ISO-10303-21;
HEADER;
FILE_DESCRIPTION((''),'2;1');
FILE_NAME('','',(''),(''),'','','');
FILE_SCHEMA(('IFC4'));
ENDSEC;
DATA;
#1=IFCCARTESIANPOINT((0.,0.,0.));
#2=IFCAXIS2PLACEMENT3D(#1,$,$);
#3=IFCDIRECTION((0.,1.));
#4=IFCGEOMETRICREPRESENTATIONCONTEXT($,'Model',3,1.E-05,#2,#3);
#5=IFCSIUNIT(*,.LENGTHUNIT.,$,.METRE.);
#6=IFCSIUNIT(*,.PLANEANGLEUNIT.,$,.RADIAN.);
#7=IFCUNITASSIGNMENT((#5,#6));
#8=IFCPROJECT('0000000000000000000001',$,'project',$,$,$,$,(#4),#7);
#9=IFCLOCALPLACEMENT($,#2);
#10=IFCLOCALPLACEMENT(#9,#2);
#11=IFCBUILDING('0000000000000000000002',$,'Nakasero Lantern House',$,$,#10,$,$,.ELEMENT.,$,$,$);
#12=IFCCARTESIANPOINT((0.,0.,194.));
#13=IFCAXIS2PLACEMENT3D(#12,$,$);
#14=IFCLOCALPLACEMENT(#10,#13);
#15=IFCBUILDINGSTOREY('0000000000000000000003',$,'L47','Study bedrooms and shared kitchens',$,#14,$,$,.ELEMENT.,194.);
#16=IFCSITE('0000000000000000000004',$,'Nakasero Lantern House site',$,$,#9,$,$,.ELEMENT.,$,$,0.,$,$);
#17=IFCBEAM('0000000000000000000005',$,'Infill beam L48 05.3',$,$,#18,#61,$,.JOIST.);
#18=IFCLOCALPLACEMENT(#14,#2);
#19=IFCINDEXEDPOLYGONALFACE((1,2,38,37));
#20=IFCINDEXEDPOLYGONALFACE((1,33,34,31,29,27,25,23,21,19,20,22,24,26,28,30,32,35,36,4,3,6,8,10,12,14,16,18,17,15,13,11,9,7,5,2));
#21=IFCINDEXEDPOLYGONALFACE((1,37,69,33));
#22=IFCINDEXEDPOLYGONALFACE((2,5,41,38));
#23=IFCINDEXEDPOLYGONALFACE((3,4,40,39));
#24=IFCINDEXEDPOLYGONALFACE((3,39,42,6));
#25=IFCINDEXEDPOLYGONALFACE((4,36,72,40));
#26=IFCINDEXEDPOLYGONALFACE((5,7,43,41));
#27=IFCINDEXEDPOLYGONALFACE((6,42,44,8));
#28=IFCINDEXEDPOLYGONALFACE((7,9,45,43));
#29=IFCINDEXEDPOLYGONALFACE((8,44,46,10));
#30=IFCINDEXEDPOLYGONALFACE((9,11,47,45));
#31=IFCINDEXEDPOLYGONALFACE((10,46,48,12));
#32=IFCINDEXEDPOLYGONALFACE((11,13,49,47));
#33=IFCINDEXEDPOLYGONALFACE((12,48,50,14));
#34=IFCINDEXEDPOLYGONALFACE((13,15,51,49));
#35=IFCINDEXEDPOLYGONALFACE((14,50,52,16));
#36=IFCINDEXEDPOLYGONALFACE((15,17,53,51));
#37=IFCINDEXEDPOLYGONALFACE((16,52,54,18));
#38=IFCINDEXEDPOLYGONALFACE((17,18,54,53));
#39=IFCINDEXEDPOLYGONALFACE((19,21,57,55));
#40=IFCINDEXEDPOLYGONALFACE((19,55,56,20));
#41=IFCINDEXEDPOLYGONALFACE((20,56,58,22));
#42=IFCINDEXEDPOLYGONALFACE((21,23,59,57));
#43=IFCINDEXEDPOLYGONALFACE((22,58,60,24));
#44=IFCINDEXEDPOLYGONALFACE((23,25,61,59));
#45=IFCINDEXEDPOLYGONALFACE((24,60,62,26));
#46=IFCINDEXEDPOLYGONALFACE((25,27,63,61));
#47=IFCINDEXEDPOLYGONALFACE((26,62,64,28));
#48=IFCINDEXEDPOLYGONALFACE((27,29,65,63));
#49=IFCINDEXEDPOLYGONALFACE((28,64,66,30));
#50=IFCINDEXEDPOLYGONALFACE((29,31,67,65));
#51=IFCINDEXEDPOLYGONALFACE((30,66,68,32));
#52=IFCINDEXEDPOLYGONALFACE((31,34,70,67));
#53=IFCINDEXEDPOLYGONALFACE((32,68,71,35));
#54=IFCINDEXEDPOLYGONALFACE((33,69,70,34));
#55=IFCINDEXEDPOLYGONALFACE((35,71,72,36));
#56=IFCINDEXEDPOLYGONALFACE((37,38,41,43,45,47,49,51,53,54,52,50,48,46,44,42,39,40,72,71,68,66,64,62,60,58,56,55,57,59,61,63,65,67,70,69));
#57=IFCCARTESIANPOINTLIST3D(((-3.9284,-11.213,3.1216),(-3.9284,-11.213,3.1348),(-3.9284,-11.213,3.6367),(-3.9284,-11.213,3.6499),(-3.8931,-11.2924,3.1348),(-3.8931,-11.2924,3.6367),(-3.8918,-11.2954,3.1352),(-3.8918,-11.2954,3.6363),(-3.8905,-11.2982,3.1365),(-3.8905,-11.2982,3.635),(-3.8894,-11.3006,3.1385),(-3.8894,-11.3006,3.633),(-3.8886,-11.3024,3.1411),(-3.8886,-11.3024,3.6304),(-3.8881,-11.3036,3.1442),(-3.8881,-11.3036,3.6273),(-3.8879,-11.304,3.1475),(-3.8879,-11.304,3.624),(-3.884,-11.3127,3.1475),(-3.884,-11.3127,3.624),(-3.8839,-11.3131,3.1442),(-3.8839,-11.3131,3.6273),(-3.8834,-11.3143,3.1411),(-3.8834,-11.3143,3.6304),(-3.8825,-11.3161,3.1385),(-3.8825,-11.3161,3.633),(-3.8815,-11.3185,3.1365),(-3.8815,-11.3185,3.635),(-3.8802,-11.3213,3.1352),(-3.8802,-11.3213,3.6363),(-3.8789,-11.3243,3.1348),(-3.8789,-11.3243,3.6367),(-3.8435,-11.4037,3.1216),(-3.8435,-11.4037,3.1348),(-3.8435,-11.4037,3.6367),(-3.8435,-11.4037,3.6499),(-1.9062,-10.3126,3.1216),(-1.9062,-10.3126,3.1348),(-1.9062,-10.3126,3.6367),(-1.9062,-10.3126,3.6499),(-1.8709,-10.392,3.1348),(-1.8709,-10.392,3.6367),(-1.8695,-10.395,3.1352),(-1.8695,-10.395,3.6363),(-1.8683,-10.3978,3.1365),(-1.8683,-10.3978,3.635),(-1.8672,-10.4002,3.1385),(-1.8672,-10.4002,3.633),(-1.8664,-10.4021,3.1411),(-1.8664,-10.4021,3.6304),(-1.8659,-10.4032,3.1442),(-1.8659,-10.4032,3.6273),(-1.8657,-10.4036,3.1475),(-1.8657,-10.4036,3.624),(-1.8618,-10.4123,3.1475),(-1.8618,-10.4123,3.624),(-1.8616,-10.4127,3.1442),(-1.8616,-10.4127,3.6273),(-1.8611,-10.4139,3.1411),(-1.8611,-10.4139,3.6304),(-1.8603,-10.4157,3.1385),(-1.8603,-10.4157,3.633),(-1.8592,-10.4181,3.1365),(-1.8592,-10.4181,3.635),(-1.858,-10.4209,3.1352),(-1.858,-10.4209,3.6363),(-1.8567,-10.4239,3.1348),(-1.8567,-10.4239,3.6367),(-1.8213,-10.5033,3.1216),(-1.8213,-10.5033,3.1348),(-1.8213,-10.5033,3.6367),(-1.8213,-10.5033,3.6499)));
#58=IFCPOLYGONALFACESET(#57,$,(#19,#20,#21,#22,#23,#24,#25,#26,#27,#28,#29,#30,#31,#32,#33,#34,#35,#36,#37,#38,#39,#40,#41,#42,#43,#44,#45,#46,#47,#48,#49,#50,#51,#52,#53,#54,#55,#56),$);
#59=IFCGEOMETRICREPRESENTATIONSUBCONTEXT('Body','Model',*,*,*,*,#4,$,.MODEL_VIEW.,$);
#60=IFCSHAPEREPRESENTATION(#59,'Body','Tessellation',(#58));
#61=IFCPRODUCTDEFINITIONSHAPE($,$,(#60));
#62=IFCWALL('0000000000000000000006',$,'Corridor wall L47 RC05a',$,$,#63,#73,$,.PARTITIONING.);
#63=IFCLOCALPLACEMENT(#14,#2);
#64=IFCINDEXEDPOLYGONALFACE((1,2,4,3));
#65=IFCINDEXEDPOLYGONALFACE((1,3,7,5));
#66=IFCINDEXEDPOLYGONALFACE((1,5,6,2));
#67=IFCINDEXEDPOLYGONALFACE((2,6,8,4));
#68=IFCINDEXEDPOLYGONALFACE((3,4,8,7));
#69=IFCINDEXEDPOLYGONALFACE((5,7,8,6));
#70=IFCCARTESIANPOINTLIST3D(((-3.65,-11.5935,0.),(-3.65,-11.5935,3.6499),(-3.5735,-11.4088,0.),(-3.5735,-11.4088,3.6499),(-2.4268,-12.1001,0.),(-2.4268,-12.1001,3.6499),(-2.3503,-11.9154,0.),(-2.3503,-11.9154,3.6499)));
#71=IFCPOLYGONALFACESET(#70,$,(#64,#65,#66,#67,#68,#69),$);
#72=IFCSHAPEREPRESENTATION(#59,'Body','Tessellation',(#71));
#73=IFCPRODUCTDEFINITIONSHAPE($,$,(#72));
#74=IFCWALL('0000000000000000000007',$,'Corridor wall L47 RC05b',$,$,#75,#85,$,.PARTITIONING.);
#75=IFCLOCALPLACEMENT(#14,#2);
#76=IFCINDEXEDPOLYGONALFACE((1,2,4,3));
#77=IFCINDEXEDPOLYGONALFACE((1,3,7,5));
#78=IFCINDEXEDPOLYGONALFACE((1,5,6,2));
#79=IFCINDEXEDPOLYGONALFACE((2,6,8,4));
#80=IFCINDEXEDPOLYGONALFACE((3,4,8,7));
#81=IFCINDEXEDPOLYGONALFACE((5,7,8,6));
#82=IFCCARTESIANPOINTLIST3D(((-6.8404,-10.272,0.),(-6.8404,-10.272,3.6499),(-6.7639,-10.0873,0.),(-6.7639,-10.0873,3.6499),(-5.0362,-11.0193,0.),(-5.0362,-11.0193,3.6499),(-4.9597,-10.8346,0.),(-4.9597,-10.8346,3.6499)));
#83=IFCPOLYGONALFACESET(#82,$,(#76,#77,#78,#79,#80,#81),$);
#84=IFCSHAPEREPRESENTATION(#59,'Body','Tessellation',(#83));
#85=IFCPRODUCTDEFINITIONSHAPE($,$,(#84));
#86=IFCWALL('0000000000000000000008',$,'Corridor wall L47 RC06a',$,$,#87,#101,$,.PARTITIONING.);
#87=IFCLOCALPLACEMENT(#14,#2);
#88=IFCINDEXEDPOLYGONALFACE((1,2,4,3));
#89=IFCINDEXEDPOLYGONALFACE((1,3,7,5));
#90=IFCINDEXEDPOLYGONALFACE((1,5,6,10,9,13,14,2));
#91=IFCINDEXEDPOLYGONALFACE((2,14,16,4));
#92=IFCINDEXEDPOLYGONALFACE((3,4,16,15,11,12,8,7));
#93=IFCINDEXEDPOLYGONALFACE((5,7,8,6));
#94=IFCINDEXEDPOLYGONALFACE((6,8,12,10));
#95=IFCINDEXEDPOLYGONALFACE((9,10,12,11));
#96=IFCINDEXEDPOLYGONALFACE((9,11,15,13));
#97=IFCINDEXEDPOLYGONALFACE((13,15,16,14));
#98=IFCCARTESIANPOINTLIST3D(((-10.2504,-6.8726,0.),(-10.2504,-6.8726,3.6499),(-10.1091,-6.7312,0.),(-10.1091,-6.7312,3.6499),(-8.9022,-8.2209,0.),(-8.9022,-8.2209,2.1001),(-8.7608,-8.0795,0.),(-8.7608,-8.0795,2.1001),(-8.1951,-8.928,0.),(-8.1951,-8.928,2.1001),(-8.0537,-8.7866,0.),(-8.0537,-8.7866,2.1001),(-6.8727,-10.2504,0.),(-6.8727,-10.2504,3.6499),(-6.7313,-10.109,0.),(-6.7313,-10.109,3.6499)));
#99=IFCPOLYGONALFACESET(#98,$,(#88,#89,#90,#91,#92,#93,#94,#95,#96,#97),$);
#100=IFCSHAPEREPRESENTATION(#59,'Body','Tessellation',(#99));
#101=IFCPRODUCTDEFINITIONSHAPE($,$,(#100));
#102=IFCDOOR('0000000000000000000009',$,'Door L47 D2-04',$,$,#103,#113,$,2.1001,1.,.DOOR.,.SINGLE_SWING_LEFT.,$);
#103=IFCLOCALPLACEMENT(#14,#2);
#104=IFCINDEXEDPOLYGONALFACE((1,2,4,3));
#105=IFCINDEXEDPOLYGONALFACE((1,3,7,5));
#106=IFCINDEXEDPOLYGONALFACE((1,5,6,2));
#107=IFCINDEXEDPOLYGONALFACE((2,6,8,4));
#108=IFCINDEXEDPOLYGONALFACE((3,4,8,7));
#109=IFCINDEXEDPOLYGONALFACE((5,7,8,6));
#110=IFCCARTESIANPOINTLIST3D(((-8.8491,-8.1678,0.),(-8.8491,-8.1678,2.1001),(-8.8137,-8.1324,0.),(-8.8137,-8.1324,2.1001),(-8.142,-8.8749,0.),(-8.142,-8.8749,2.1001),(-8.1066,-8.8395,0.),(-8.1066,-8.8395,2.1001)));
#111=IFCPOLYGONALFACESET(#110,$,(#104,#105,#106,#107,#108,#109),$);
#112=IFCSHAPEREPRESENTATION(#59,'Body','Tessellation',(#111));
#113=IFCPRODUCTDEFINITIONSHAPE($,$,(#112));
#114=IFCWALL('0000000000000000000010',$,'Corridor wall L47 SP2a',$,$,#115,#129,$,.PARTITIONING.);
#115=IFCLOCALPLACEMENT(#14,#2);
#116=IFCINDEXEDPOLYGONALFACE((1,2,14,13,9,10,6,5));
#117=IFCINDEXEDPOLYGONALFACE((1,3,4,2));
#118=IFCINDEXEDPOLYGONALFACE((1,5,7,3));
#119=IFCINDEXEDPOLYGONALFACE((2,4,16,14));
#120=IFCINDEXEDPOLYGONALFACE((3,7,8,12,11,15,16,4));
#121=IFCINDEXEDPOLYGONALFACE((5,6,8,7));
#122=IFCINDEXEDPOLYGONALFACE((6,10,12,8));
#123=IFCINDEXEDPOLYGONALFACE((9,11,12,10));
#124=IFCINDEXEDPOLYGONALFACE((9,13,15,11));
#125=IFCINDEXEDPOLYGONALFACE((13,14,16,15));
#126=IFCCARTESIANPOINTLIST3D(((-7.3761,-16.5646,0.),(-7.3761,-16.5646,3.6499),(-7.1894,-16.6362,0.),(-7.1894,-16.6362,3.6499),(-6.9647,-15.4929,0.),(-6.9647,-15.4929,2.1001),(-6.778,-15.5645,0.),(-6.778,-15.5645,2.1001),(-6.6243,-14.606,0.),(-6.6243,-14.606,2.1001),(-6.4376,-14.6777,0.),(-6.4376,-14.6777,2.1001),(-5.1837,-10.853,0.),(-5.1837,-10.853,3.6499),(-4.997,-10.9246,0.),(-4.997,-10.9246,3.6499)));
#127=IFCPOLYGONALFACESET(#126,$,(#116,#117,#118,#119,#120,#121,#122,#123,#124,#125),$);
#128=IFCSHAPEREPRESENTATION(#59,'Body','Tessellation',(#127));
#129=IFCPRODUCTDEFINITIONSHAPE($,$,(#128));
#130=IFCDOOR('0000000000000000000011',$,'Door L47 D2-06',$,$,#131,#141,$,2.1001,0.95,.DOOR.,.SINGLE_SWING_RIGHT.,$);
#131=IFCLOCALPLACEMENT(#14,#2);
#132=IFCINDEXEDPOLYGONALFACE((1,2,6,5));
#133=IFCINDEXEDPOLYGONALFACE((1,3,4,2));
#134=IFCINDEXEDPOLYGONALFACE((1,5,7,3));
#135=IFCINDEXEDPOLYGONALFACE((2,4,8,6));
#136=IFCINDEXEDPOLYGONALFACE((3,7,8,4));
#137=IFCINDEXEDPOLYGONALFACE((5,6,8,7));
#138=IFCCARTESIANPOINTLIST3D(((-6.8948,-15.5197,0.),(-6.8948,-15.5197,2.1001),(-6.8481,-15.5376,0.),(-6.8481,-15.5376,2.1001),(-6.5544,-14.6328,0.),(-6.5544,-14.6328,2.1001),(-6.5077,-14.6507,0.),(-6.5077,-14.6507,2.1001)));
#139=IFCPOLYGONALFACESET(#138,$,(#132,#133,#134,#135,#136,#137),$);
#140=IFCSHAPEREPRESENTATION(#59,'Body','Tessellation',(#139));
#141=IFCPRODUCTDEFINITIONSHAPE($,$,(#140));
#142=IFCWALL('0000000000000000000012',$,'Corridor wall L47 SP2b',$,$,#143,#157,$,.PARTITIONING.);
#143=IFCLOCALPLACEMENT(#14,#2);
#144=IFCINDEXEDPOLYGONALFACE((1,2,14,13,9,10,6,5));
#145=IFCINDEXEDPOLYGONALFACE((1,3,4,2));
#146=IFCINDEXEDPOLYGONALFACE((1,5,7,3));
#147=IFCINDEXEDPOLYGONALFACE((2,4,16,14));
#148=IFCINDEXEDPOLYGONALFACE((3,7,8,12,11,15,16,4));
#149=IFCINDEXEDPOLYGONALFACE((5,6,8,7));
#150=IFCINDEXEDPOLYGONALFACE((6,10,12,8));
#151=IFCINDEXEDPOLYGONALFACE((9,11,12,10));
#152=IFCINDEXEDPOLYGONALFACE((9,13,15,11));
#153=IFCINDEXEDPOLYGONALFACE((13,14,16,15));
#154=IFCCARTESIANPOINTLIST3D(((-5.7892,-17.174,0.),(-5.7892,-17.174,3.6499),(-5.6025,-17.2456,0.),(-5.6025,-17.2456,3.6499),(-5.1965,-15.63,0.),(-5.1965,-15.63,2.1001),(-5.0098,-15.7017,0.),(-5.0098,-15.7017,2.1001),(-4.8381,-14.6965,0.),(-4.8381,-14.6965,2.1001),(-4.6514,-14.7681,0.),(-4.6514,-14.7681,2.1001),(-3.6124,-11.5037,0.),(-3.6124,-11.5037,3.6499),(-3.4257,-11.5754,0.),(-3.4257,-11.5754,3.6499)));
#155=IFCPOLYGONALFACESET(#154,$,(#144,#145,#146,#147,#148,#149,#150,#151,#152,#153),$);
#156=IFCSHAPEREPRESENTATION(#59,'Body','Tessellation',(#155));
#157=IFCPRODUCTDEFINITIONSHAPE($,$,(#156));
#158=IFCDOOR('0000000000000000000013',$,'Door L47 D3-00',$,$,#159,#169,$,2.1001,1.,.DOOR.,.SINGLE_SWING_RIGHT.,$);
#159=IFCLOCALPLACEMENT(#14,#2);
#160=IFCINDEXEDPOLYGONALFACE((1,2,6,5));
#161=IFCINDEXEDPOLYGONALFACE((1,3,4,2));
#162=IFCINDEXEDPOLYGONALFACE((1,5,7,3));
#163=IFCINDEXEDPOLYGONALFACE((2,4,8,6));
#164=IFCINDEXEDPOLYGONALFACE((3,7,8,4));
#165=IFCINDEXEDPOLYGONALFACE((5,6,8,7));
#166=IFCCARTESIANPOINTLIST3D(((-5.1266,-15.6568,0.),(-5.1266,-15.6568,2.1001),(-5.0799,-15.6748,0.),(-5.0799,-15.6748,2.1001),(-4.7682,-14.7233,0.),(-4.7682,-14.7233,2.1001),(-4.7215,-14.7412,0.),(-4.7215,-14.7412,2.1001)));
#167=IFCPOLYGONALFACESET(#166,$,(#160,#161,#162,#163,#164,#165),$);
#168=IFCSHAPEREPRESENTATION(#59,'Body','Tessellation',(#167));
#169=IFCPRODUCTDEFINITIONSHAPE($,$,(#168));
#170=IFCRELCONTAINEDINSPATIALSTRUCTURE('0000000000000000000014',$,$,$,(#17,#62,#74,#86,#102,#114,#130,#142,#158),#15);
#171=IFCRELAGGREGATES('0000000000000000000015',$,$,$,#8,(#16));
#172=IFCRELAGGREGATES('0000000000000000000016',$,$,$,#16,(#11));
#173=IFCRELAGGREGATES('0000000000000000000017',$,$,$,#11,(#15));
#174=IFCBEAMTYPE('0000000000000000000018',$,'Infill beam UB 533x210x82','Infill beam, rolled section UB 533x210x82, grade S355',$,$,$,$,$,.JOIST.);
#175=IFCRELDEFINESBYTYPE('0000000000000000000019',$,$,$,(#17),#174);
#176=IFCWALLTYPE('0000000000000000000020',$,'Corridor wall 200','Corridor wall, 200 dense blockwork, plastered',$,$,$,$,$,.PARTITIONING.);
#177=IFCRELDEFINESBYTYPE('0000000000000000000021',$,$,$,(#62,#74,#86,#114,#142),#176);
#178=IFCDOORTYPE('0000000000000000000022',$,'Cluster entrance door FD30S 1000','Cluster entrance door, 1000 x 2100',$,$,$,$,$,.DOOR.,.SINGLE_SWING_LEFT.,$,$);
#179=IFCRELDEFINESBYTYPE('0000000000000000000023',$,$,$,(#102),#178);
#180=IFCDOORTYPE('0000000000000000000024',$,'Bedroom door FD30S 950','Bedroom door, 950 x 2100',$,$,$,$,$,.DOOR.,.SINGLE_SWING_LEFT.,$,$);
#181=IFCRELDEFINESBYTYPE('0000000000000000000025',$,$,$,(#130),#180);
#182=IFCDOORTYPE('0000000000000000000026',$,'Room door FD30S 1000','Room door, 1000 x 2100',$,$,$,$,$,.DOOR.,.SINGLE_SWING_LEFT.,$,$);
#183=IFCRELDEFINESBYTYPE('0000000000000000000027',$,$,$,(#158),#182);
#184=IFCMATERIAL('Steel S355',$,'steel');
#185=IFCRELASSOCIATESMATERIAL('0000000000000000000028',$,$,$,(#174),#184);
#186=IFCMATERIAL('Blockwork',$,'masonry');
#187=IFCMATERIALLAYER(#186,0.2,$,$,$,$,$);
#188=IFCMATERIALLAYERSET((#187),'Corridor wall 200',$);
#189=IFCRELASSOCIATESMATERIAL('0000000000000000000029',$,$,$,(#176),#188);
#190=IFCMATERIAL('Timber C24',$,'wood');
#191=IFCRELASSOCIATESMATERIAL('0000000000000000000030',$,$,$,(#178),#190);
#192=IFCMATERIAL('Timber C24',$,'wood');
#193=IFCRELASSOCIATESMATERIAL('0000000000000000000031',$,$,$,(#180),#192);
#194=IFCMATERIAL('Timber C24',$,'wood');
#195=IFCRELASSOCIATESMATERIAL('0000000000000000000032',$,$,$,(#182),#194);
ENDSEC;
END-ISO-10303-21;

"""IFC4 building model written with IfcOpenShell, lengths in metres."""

from ifc_helpers import new_model, si_unit, direction, frame, frame_2d, origin, origin_2d, place, context, subcontext, project, spatial, rectangle, i_section, extrude, material, layer, layer_set, material_profile, profile_set, type_object, element, fill, save


model = new_model("IFC4")

# Units and contexts
model_context = context("Model", 3, precision=1e-05, world=origin(), true_north=direction((0.0, 1.0)))
body_context = subcontext(model_context, "Body", "Model", "MODEL_VIEW")
ifc_project = project(units=[si_unit("LENGTHUNIT", "METRE"), si_unit("PLANEANGLEUNIT", "RADIAN")], contexts=[model_context])

# Site, building, storey
site_placement = place(None, origin())
site = spatial("IfcSite", under=ifc_project, at=site_placement, Name="Nakasero Lantern House site", CompositionType="ELEMENT", RefElevation=0.0)
building_placement = place(site_placement, origin())
building = spatial("IfcBuilding", under=site, at=building_placement, Name="Nakasero Lantern House", CompositionType="ELEMENT")
storey_placement = place(building_placement, frame((0.0, 0.0, 194.0)))
storey = spatial("IfcBuildingStorey", under=building, at=storey_placement, Name="L47", Description="Study bedrooms and shared kitchens", CompositionType="ELEMENT", Elevation=194.0)

# Beam
ifc_material_1 = material(Name="Steel S355", Category="steel")
ifc_material_profile = material_profile(ifc_material_1, i_section(OverallWidth=0.2087, OverallDepth=0.5283, WebThickness=0.0095, FlangeThickness=0.0132, FilletRadius=0.0127, at=origin_2d()), Name="UB 533x210x82")
ifc_profile_set = profile_set([ifc_material_profile], Name="Steel S355")
beam_type = type_object("IfcBeamType", Name="Infill beam UB 533x210x82", Description="Infill beam, rolled section UB 533x210x82, grade S355", PredefinedType="JOIST", material=ifc_profile_set)
beam_placement = place(storey_placement, frame((-3.886, -11.3083, 3.3857), z_axis=(0.913538, 0.406752, 0.0), x_axis=(-0.406752, 0.913538, 0.0)))
element("IfcBeam", 1, at=beam_placement, inside=storey, type_object=beam_type, Name="Infill beam L48 05.3", PredefinedType="JOIST", context=body_context, shape_type="SweptSolid", body=[
    extrude(i_section(OverallWidth=0.2087, OverallDepth=0.5283, WebThickness=0.0095, FlangeThickness=0.0132, FilletRadius=0.0127, at=origin_2d()), origin(), (0.0, 0.0, 1.0), 2.2136),
])

# Walls
ifc_material_2 = material(Name="Blockwork", Category="masonry")
ifc_layer_1 = layer(ifc_material_2, 0.2)
ifc_layer_set_1 = layer_set([ifc_layer_1], Name="Corridor wall 200")
wall_type_1 = type_object("IfcWallType", Name="Corridor wall 200", Description="Corridor wall, 200 dense blockwork, plastered", PredefinedType="PARTITIONING", material=ifc_layer_set_1)
wall_1_placement = place(storey_placement, frame((-2.3884, -12.0078, 0.0), z_axis=(0.0, 0.0, 1.0), x_axis=(-0.923893, 0.38265, 0.0)))
element("IfcWall", 2, at=wall_1_placement, inside=storey, type_object=wall_type_1, Name="Corridor wall L47 RC05a", PredefinedType="PARTITIONING", context=body_context, shape_type="SweptSolid", body=[
    extrude(rectangle(XDim=1.324, YDim=0.2, at=frame_2d((0.6621, 0.0))), origin(), (0.0, 0.0, 1.0), 3.6499),
])
wall_2_placement = place(storey_placement, frame((-4.9978, -10.927, 0.0), z_axis=(0.0, 0.0, 1.0), x_axis=(-0.923881, 0.382679, 0.0)))
element("IfcWall", 3, at=wall_2_placement, inside=storey, type_object=wall_type_1, Name="Corridor wall L47 RC05b", PredefinedType="PARTITIONING", context=body_context, shape_type="SweptSolid", body=[
    extrude(rectangle(XDim=1.9529, YDim=0.2, at=frame_2d((0.9766, 0.0))), origin(), (0.0, 0.0, 1.0), 3.6499),
])

# Walls, openings, doors
wall_3_placement = place(storey_placement, frame((-6.802, -10.1797, 0.0), z_axis=(0.0, 0.0, 1.0), x_axis=(-0.707107, 0.707107, 0.0)))
wall_3 = element("IfcWall", 4, at=wall_3_placement, inside=storey, type_object=wall_type_1, Name="Corridor wall L47 RC06a", PredefinedType="PARTITIONING", context=body_context, shape_type="SweptSolid", body=[
    extrude(rectangle(XDim=4.7769, YDim=0.2, at=frame_2d((2.3884, 0.0))), origin(), (0.0, 0.0, 1.0), 3.6499),
])
opening_1_placement = place(wall_3_placement, frame((1.8701, 0.0, 0.0)))
opening_1 = element("IfcOpeningElement", 5, at=opening_1_placement, cuts=wall_3, PredefinedType="OPENING", context=body_context, shape_type="SweptSolid", body=[
    extrude(rectangle(XDim=1.0, YDim=2.1001, at=frame_2d((0.5, 1.05))), frame((0.0, 0.1199, 0.0), z_axis=(0.0, -1.0, 0.0), x_axis=(1.0, 0.0, 0.0)), (0.0, 0.0, 1.0), 0.24),
])
ifc_material_3 = material(Name="Timber C24", Category="wood")
door_type_1 = type_object("IfcDoorType", Name="Cluster entrance door FD30S 1000", Description="Cluster entrance door, 1000 x 2100", OperationType="SINGLE_SWING_LEFT", PredefinedType="DOOR", material=ifc_material_3)
door_1_placement = place(opening_1_placement, origin())
door_1 = element("IfcDoor", 6, at=door_1_placement, inside=storey, type_object=door_type_1, Name="Door L47 D2-04", OperationType="SINGLE_SWING_LEFT", OverallHeight=2.1001, OverallWidth=1.0, PredefinedType="DOOR", context=body_context, shape_type="SweptSolid", body=[
    extrude(rectangle(XDim=1.0, YDim=2.1001, at=frame_2d((0.5, 1.05))), frame((0.0, 0.0249, 0.0), z_axis=(0.0, -1.0, 0.0), x_axis=(1.0, 0.0, 0.0)), (0.0, 0.0, 1.0), 0.05),
])
fill(opening_1, door_1)
wall_4_placement = place(storey_placement, frame((-5.0903, -10.8887, 0.0), z_axis=(0.0, 0.0, 1.0), x_axis=(-0.358351, -0.933587, 0.0)))
wall_4 = element("IfcWall", 7, at=wall_4_placement, inside=storey, type_object=wall_type_1, Name="Corridor wall L47 SP2a", PredefinedType="PARTITIONING", context=body_context, shape_type="SweptSolid", body=[
    extrude(rectangle(XDim=6.1179, YDim=0.2, at=frame_2d((3.0591, 0.0))), origin(), (0.0, 0.0, 1.0), 3.6499),
])
opening_2_placement = place(wall_4_placement, frame((4.02, 0.0, 0.0)))
opening_2 = element("IfcOpeningElement", 8, at=opening_2_placement, cuts=wall_4, PredefinedType="OPENING", context=body_context, shape_type="SweptSolid", body=[
    extrude(rectangle(XDim=0.95, YDim=2.1001, at=frame_2d((0.4751, 1.05))), frame((0.0, 0.1199, 0.0), z_axis=(0.0, -1.0, 0.0), x_axis=(1.0, 0.0, 0.0)), (0.0, 0.0, 1.0), 0.24),
])
ifc_material_4 = material(Name="Timber C24", Category="wood")
door_type_2 = type_object("IfcDoorType", Name="Bedroom door FD30S 950", Description="Bedroom door, 950 x 2100", OperationType="SINGLE_SWING_LEFT", PredefinedType="DOOR", material=ifc_material_4)
door_2_placement = place(opening_2_placement, origin())
door_2 = element("IfcDoor", 9, at=door_2_placement, inside=storey, type_object=door_type_2, Name="Door L47 D2-06", OperationType="SINGLE_SWING_RIGHT", OverallHeight=2.1001, OverallWidth=0.95, PredefinedType="DOOR", context=body_context, shape_type="SweptSolid", body=[
    extrude(rectangle(XDim=0.95, YDim=2.1001, at=frame_2d((0.4751, 1.05))), frame((0.0, 0.0249, 0.0), z_axis=(0.0, -1.0, 0.0), x_axis=(1.0, 0.0, 0.0)), (0.0, 0.0, 1.0), 0.05),
])
fill(opening_2, door_2)
wall_5_placement = place(storey_placement, frame((-3.519, -11.5396, 0.0), z_axis=(0.0, 0.0, 1.0), x_axis=(-0.358394, -0.93357, 0.0)))
wall_5 = element("IfcWall", 10, at=wall_5_placement, inside=storey, type_object=wall_type_1, Name="Corridor wall L47 SP2b", PredefinedType="PARTITIONING", context=body_context, shape_type="SweptSolid", body=[
    extrude(rectangle(XDim=6.0737, YDim=0.2, at=frame_2d((3.0369, 0.0))), origin(), (0.0, 0.0, 1.0), 3.6499),
])
opening_3_placement = place(wall_5_placement, frame((3.4199, 0.0, 0.0)))
opening_3 = element("IfcOpeningElement", 11, at=opening_3_placement, cuts=wall_5, PredefinedType="OPENING", context=body_context, shape_type="SweptSolid", body=[
    extrude(rectangle(XDim=1.0, YDim=2.1001, at=frame_2d((0.5, 1.05))), frame((0.0, 0.1199, 0.0), z_axis=(0.0, -1.0, 0.0), x_axis=(1.0, 0.0, 0.0)), (0.0, 0.0, 1.0), 0.24),
])
ifc_material_5 = material(Name="Timber C24", Category="wood")
door_type_3 = type_object("IfcDoorType", Name="Room door FD30S 1000", Description="Room door, 1000 x 2100", OperationType="SINGLE_SWING_LEFT", PredefinedType="DOOR", material=ifc_material_5)
door_3_placement = place(opening_3_placement, origin())
door_3 = element("IfcDoor", 12, at=door_3_placement, inside=storey, type_object=door_type_3, Name="Door L47 D3-00", OperationType="SINGLE_SWING_RIGHT", OverallHeight=2.1001, OverallWidth=1.0, PredefinedType="DOOR", context=body_context, shape_type="SweptSolid", body=[
    extrude(rectangle(XDim=1.0, YDim=2.1001, at=frame_2d((0.5, 1.05))), frame((0.0, 0.0249, 0.0), z_axis=(0.0, -1.0, 0.0), x_axis=(1.0, 0.0, 0.0)), (0.0, 0.0, 1.0), 0.05),
])
fill(opening_3, door_3)

save(model, "model.ifc")
